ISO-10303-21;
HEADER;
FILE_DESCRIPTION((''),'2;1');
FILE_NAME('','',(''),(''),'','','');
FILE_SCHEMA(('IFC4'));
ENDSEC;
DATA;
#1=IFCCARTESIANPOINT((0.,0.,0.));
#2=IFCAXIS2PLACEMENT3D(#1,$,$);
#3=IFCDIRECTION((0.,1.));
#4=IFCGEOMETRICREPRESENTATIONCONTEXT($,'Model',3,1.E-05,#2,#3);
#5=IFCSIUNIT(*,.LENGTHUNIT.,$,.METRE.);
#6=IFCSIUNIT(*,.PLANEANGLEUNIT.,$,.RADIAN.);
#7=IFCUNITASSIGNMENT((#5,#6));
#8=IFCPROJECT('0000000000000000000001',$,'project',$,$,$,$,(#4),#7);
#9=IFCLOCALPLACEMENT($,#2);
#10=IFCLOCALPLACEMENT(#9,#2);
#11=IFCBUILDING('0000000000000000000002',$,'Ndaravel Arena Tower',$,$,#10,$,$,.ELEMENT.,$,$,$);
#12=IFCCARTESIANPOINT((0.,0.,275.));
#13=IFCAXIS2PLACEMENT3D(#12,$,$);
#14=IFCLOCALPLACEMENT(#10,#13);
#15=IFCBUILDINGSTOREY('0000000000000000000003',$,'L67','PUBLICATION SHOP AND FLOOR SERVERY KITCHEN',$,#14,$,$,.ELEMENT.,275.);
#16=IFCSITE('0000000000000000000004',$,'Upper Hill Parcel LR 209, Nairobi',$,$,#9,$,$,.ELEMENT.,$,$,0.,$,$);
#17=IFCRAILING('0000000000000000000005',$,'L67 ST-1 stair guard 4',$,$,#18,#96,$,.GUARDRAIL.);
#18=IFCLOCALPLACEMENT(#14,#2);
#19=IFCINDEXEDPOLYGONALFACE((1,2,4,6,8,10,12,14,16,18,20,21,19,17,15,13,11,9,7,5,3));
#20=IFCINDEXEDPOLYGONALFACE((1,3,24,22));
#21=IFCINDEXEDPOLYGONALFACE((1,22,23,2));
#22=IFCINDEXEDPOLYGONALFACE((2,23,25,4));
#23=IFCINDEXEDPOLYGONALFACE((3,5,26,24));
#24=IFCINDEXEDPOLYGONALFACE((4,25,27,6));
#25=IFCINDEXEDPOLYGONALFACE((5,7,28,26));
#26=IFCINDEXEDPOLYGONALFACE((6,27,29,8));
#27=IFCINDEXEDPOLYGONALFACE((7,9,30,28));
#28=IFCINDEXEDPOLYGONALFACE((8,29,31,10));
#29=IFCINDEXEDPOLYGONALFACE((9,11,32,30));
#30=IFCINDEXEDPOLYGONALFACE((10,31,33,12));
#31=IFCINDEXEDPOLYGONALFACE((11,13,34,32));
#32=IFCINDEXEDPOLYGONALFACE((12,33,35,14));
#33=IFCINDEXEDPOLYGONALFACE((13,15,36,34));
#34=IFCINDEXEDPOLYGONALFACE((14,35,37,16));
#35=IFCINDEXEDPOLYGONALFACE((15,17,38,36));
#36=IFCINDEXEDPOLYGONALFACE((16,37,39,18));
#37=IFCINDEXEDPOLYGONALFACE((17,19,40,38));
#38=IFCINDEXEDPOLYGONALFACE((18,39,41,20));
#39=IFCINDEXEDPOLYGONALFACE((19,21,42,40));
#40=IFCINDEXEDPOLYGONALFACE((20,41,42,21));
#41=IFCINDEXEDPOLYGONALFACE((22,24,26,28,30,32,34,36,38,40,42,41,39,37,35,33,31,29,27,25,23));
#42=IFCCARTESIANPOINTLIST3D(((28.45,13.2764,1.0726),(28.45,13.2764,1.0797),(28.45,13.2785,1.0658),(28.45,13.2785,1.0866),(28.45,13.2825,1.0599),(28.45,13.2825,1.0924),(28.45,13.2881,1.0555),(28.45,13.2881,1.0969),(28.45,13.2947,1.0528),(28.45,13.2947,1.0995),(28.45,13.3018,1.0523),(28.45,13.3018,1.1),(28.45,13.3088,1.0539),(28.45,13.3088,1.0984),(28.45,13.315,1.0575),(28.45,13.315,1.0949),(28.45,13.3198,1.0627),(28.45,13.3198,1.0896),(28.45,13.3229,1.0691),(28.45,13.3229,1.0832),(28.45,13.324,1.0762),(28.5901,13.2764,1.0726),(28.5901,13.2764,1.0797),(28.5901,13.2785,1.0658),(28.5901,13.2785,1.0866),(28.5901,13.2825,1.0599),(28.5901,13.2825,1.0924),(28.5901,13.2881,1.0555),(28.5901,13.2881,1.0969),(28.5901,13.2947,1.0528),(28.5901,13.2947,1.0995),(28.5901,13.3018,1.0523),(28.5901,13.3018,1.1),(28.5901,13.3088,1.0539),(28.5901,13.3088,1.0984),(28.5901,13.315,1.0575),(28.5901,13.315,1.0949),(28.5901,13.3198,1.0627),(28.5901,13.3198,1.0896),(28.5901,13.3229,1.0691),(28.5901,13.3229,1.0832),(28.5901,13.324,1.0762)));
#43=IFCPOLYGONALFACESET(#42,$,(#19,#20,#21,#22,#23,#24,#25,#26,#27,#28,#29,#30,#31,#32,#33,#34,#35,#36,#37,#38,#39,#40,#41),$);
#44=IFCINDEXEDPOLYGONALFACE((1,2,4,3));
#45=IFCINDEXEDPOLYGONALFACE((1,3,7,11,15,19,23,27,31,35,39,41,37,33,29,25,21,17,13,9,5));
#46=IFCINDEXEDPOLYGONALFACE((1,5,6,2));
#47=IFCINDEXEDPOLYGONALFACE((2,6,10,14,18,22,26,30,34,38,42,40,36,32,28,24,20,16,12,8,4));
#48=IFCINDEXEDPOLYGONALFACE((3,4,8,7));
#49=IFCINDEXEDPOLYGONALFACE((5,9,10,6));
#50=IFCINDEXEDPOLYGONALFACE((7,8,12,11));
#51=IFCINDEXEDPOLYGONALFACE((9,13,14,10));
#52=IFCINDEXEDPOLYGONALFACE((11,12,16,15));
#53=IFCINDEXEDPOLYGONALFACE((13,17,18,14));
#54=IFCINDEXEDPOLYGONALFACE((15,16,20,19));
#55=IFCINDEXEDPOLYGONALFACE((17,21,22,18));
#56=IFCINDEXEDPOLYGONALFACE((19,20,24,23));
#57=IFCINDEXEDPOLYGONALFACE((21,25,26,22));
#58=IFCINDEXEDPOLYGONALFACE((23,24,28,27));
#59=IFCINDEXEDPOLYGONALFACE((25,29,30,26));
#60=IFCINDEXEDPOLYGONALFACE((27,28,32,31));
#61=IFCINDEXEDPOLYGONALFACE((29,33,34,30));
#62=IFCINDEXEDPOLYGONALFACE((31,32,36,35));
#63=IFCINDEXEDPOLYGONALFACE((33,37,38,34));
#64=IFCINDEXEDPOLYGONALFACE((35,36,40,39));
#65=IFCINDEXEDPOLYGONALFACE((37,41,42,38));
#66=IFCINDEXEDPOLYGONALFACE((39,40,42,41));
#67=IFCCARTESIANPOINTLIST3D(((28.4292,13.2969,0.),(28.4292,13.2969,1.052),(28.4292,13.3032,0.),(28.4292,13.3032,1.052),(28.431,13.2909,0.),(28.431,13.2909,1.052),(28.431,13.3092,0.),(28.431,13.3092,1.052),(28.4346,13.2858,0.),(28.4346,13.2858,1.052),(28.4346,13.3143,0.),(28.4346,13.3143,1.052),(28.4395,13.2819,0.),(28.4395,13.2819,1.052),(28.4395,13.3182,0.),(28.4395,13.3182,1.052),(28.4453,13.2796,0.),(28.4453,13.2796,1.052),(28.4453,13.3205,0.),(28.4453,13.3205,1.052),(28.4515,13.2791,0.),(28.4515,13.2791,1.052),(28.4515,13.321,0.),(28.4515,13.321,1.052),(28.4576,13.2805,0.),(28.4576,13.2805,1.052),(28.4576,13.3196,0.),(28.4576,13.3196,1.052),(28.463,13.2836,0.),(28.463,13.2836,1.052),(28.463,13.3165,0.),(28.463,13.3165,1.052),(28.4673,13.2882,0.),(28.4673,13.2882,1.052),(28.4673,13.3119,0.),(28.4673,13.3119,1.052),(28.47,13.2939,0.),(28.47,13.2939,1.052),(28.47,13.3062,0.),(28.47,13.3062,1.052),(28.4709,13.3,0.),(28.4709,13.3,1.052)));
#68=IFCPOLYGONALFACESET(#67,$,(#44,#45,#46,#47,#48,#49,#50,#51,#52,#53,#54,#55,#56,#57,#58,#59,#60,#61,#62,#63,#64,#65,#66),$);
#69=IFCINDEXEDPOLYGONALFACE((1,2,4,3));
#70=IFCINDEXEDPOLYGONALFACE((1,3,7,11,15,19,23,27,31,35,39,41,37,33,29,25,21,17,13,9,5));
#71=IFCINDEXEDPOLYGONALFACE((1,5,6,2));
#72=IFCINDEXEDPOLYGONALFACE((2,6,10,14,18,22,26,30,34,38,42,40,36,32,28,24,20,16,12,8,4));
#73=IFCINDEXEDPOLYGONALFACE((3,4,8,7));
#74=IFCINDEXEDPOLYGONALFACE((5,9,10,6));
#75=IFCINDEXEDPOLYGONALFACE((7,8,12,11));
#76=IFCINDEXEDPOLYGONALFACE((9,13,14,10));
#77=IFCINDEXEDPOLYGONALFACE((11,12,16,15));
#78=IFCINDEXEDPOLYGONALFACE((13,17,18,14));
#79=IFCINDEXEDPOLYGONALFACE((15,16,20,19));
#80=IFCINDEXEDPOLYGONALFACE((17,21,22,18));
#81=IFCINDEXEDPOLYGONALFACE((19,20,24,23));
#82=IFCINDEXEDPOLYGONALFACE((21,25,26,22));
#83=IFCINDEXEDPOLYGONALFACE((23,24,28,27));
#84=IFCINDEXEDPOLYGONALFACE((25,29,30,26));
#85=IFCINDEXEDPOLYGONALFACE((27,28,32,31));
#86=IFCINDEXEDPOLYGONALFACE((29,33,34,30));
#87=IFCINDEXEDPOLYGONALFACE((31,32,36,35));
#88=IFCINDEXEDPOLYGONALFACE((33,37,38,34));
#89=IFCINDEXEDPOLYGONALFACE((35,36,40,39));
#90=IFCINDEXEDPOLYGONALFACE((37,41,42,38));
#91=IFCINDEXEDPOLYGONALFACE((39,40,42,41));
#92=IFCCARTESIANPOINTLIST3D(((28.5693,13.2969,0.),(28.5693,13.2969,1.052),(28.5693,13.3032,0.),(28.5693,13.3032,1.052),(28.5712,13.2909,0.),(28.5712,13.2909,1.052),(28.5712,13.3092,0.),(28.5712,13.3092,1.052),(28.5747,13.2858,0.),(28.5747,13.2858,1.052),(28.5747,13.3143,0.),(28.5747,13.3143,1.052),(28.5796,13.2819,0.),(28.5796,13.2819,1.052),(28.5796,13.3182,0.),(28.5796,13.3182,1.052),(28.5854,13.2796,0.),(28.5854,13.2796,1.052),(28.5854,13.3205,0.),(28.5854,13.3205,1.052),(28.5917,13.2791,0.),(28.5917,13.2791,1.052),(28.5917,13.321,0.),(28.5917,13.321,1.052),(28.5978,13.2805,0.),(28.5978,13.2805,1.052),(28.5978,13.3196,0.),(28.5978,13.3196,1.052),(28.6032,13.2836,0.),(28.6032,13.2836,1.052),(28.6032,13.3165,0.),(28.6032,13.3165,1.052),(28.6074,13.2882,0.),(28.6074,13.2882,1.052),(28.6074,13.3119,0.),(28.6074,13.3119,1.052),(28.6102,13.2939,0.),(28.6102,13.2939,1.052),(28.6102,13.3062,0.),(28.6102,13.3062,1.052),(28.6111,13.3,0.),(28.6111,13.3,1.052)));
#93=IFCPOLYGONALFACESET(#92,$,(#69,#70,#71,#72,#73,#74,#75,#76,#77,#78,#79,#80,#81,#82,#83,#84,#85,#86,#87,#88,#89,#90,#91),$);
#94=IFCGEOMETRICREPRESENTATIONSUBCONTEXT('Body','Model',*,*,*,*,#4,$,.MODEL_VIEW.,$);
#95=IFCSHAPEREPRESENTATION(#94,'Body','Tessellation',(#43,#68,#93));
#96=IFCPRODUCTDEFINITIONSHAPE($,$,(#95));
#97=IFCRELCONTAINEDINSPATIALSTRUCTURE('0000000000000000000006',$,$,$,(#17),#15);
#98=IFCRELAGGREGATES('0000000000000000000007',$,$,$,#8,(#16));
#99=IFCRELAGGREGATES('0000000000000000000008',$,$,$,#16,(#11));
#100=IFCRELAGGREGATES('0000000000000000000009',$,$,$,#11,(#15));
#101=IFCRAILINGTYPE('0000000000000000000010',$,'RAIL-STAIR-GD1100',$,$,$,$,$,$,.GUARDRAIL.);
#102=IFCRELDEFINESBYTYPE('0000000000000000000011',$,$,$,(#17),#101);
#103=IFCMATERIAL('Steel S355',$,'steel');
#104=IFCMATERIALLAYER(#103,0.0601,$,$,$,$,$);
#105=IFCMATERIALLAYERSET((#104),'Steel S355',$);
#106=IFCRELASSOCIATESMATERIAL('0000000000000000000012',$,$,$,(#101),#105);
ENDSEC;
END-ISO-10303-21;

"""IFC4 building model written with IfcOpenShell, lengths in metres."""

from ifc_helpers import new_model, si_unit, direction, frame, origin, origin_2d, place, context, subcontext, project, spatial, circle, extrude, material, layer, layer_set, type_object, element, save


model = new_model("IFC4")

# Units and contexts
model_context = context("Model", 3, precision=1e-05, world=origin(), true_north=direction((0.0, 1.0)))
body_context = subcontext(model_context, "Body", "Model", "MODEL_VIEW")
ifc_project = project(units=[si_unit("LENGTHUNIT", "METRE"), si_unit("PLANEANGLEUNIT", "RADIAN")], contexts=[model_context])

# Site, building, storey
site_placement = place(None, origin())
site = spatial("IfcSite", under=ifc_project, at=site_placement, Name="Upper Hill Parcel LR 209, Nairobi", CompositionType="ELEMENT", RefElevation=0.0)
building_placement = place(site_placement, origin())
building = spatial("IfcBuilding", under=site, at=building_placement, Name="Ndaravel Arena Tower", CompositionType="ELEMENT")
storey_placement = place(building_placement, frame((0.0, 0.0, 275.0)))
storey = spatial("IfcBuildingStorey", under=building, at=storey_placement, Name="L67", Description="PUBLICATION SHOP AND FLOOR SERVERY KITCHEN", CompositionType="ELEMENT", Elevation=275.0)

# Railing
ifc_material_1 = material(Name="Steel S355", Category="steel")
ifc_layer_1 = layer(ifc_material_1, 0.0601)
ifc_layer_set_1 = layer_set([ifc_layer_1], Name="Steel S355")
railing_type_1 = type_object("IfcRailingType", Name="RAIL-STAIR-GD1100", PredefinedType="GUARDRAIL", material=ifc_layer_set_1)
railing_1_placement = place(storey_placement, frame((28.45, 13.3, 0.0)))
element("IfcRailing", 1, at=railing_1_placement, inside=storey, type_object=railing_type_1, Name="L67 ST-1 stair guard 4", PredefinedType="GUARDRAIL", context=body_context, shape_type="SweptSolid", body=[
    extrude(circle(Radius=0.0239, at=origin_2d()), frame((0.0, 0.0, 1.0762), z_axis=(1.0, 0.0, 0.0), x_axis=(0.0, 1.0, 0.0)), (0.0, 0.0, 1.0), 0.1401),
    extrude(circle(Radius=0.021, at=origin_2d()), origin(), (0.0, 0.0, 1.0), 1.052),
    extrude(circle(Radius=0.021, at=origin_2d()), frame((0.1401, 0.0, 0.0)), (0.0, 0.0, 1.0), 1.052),
])

save(model, "model.ifc")
